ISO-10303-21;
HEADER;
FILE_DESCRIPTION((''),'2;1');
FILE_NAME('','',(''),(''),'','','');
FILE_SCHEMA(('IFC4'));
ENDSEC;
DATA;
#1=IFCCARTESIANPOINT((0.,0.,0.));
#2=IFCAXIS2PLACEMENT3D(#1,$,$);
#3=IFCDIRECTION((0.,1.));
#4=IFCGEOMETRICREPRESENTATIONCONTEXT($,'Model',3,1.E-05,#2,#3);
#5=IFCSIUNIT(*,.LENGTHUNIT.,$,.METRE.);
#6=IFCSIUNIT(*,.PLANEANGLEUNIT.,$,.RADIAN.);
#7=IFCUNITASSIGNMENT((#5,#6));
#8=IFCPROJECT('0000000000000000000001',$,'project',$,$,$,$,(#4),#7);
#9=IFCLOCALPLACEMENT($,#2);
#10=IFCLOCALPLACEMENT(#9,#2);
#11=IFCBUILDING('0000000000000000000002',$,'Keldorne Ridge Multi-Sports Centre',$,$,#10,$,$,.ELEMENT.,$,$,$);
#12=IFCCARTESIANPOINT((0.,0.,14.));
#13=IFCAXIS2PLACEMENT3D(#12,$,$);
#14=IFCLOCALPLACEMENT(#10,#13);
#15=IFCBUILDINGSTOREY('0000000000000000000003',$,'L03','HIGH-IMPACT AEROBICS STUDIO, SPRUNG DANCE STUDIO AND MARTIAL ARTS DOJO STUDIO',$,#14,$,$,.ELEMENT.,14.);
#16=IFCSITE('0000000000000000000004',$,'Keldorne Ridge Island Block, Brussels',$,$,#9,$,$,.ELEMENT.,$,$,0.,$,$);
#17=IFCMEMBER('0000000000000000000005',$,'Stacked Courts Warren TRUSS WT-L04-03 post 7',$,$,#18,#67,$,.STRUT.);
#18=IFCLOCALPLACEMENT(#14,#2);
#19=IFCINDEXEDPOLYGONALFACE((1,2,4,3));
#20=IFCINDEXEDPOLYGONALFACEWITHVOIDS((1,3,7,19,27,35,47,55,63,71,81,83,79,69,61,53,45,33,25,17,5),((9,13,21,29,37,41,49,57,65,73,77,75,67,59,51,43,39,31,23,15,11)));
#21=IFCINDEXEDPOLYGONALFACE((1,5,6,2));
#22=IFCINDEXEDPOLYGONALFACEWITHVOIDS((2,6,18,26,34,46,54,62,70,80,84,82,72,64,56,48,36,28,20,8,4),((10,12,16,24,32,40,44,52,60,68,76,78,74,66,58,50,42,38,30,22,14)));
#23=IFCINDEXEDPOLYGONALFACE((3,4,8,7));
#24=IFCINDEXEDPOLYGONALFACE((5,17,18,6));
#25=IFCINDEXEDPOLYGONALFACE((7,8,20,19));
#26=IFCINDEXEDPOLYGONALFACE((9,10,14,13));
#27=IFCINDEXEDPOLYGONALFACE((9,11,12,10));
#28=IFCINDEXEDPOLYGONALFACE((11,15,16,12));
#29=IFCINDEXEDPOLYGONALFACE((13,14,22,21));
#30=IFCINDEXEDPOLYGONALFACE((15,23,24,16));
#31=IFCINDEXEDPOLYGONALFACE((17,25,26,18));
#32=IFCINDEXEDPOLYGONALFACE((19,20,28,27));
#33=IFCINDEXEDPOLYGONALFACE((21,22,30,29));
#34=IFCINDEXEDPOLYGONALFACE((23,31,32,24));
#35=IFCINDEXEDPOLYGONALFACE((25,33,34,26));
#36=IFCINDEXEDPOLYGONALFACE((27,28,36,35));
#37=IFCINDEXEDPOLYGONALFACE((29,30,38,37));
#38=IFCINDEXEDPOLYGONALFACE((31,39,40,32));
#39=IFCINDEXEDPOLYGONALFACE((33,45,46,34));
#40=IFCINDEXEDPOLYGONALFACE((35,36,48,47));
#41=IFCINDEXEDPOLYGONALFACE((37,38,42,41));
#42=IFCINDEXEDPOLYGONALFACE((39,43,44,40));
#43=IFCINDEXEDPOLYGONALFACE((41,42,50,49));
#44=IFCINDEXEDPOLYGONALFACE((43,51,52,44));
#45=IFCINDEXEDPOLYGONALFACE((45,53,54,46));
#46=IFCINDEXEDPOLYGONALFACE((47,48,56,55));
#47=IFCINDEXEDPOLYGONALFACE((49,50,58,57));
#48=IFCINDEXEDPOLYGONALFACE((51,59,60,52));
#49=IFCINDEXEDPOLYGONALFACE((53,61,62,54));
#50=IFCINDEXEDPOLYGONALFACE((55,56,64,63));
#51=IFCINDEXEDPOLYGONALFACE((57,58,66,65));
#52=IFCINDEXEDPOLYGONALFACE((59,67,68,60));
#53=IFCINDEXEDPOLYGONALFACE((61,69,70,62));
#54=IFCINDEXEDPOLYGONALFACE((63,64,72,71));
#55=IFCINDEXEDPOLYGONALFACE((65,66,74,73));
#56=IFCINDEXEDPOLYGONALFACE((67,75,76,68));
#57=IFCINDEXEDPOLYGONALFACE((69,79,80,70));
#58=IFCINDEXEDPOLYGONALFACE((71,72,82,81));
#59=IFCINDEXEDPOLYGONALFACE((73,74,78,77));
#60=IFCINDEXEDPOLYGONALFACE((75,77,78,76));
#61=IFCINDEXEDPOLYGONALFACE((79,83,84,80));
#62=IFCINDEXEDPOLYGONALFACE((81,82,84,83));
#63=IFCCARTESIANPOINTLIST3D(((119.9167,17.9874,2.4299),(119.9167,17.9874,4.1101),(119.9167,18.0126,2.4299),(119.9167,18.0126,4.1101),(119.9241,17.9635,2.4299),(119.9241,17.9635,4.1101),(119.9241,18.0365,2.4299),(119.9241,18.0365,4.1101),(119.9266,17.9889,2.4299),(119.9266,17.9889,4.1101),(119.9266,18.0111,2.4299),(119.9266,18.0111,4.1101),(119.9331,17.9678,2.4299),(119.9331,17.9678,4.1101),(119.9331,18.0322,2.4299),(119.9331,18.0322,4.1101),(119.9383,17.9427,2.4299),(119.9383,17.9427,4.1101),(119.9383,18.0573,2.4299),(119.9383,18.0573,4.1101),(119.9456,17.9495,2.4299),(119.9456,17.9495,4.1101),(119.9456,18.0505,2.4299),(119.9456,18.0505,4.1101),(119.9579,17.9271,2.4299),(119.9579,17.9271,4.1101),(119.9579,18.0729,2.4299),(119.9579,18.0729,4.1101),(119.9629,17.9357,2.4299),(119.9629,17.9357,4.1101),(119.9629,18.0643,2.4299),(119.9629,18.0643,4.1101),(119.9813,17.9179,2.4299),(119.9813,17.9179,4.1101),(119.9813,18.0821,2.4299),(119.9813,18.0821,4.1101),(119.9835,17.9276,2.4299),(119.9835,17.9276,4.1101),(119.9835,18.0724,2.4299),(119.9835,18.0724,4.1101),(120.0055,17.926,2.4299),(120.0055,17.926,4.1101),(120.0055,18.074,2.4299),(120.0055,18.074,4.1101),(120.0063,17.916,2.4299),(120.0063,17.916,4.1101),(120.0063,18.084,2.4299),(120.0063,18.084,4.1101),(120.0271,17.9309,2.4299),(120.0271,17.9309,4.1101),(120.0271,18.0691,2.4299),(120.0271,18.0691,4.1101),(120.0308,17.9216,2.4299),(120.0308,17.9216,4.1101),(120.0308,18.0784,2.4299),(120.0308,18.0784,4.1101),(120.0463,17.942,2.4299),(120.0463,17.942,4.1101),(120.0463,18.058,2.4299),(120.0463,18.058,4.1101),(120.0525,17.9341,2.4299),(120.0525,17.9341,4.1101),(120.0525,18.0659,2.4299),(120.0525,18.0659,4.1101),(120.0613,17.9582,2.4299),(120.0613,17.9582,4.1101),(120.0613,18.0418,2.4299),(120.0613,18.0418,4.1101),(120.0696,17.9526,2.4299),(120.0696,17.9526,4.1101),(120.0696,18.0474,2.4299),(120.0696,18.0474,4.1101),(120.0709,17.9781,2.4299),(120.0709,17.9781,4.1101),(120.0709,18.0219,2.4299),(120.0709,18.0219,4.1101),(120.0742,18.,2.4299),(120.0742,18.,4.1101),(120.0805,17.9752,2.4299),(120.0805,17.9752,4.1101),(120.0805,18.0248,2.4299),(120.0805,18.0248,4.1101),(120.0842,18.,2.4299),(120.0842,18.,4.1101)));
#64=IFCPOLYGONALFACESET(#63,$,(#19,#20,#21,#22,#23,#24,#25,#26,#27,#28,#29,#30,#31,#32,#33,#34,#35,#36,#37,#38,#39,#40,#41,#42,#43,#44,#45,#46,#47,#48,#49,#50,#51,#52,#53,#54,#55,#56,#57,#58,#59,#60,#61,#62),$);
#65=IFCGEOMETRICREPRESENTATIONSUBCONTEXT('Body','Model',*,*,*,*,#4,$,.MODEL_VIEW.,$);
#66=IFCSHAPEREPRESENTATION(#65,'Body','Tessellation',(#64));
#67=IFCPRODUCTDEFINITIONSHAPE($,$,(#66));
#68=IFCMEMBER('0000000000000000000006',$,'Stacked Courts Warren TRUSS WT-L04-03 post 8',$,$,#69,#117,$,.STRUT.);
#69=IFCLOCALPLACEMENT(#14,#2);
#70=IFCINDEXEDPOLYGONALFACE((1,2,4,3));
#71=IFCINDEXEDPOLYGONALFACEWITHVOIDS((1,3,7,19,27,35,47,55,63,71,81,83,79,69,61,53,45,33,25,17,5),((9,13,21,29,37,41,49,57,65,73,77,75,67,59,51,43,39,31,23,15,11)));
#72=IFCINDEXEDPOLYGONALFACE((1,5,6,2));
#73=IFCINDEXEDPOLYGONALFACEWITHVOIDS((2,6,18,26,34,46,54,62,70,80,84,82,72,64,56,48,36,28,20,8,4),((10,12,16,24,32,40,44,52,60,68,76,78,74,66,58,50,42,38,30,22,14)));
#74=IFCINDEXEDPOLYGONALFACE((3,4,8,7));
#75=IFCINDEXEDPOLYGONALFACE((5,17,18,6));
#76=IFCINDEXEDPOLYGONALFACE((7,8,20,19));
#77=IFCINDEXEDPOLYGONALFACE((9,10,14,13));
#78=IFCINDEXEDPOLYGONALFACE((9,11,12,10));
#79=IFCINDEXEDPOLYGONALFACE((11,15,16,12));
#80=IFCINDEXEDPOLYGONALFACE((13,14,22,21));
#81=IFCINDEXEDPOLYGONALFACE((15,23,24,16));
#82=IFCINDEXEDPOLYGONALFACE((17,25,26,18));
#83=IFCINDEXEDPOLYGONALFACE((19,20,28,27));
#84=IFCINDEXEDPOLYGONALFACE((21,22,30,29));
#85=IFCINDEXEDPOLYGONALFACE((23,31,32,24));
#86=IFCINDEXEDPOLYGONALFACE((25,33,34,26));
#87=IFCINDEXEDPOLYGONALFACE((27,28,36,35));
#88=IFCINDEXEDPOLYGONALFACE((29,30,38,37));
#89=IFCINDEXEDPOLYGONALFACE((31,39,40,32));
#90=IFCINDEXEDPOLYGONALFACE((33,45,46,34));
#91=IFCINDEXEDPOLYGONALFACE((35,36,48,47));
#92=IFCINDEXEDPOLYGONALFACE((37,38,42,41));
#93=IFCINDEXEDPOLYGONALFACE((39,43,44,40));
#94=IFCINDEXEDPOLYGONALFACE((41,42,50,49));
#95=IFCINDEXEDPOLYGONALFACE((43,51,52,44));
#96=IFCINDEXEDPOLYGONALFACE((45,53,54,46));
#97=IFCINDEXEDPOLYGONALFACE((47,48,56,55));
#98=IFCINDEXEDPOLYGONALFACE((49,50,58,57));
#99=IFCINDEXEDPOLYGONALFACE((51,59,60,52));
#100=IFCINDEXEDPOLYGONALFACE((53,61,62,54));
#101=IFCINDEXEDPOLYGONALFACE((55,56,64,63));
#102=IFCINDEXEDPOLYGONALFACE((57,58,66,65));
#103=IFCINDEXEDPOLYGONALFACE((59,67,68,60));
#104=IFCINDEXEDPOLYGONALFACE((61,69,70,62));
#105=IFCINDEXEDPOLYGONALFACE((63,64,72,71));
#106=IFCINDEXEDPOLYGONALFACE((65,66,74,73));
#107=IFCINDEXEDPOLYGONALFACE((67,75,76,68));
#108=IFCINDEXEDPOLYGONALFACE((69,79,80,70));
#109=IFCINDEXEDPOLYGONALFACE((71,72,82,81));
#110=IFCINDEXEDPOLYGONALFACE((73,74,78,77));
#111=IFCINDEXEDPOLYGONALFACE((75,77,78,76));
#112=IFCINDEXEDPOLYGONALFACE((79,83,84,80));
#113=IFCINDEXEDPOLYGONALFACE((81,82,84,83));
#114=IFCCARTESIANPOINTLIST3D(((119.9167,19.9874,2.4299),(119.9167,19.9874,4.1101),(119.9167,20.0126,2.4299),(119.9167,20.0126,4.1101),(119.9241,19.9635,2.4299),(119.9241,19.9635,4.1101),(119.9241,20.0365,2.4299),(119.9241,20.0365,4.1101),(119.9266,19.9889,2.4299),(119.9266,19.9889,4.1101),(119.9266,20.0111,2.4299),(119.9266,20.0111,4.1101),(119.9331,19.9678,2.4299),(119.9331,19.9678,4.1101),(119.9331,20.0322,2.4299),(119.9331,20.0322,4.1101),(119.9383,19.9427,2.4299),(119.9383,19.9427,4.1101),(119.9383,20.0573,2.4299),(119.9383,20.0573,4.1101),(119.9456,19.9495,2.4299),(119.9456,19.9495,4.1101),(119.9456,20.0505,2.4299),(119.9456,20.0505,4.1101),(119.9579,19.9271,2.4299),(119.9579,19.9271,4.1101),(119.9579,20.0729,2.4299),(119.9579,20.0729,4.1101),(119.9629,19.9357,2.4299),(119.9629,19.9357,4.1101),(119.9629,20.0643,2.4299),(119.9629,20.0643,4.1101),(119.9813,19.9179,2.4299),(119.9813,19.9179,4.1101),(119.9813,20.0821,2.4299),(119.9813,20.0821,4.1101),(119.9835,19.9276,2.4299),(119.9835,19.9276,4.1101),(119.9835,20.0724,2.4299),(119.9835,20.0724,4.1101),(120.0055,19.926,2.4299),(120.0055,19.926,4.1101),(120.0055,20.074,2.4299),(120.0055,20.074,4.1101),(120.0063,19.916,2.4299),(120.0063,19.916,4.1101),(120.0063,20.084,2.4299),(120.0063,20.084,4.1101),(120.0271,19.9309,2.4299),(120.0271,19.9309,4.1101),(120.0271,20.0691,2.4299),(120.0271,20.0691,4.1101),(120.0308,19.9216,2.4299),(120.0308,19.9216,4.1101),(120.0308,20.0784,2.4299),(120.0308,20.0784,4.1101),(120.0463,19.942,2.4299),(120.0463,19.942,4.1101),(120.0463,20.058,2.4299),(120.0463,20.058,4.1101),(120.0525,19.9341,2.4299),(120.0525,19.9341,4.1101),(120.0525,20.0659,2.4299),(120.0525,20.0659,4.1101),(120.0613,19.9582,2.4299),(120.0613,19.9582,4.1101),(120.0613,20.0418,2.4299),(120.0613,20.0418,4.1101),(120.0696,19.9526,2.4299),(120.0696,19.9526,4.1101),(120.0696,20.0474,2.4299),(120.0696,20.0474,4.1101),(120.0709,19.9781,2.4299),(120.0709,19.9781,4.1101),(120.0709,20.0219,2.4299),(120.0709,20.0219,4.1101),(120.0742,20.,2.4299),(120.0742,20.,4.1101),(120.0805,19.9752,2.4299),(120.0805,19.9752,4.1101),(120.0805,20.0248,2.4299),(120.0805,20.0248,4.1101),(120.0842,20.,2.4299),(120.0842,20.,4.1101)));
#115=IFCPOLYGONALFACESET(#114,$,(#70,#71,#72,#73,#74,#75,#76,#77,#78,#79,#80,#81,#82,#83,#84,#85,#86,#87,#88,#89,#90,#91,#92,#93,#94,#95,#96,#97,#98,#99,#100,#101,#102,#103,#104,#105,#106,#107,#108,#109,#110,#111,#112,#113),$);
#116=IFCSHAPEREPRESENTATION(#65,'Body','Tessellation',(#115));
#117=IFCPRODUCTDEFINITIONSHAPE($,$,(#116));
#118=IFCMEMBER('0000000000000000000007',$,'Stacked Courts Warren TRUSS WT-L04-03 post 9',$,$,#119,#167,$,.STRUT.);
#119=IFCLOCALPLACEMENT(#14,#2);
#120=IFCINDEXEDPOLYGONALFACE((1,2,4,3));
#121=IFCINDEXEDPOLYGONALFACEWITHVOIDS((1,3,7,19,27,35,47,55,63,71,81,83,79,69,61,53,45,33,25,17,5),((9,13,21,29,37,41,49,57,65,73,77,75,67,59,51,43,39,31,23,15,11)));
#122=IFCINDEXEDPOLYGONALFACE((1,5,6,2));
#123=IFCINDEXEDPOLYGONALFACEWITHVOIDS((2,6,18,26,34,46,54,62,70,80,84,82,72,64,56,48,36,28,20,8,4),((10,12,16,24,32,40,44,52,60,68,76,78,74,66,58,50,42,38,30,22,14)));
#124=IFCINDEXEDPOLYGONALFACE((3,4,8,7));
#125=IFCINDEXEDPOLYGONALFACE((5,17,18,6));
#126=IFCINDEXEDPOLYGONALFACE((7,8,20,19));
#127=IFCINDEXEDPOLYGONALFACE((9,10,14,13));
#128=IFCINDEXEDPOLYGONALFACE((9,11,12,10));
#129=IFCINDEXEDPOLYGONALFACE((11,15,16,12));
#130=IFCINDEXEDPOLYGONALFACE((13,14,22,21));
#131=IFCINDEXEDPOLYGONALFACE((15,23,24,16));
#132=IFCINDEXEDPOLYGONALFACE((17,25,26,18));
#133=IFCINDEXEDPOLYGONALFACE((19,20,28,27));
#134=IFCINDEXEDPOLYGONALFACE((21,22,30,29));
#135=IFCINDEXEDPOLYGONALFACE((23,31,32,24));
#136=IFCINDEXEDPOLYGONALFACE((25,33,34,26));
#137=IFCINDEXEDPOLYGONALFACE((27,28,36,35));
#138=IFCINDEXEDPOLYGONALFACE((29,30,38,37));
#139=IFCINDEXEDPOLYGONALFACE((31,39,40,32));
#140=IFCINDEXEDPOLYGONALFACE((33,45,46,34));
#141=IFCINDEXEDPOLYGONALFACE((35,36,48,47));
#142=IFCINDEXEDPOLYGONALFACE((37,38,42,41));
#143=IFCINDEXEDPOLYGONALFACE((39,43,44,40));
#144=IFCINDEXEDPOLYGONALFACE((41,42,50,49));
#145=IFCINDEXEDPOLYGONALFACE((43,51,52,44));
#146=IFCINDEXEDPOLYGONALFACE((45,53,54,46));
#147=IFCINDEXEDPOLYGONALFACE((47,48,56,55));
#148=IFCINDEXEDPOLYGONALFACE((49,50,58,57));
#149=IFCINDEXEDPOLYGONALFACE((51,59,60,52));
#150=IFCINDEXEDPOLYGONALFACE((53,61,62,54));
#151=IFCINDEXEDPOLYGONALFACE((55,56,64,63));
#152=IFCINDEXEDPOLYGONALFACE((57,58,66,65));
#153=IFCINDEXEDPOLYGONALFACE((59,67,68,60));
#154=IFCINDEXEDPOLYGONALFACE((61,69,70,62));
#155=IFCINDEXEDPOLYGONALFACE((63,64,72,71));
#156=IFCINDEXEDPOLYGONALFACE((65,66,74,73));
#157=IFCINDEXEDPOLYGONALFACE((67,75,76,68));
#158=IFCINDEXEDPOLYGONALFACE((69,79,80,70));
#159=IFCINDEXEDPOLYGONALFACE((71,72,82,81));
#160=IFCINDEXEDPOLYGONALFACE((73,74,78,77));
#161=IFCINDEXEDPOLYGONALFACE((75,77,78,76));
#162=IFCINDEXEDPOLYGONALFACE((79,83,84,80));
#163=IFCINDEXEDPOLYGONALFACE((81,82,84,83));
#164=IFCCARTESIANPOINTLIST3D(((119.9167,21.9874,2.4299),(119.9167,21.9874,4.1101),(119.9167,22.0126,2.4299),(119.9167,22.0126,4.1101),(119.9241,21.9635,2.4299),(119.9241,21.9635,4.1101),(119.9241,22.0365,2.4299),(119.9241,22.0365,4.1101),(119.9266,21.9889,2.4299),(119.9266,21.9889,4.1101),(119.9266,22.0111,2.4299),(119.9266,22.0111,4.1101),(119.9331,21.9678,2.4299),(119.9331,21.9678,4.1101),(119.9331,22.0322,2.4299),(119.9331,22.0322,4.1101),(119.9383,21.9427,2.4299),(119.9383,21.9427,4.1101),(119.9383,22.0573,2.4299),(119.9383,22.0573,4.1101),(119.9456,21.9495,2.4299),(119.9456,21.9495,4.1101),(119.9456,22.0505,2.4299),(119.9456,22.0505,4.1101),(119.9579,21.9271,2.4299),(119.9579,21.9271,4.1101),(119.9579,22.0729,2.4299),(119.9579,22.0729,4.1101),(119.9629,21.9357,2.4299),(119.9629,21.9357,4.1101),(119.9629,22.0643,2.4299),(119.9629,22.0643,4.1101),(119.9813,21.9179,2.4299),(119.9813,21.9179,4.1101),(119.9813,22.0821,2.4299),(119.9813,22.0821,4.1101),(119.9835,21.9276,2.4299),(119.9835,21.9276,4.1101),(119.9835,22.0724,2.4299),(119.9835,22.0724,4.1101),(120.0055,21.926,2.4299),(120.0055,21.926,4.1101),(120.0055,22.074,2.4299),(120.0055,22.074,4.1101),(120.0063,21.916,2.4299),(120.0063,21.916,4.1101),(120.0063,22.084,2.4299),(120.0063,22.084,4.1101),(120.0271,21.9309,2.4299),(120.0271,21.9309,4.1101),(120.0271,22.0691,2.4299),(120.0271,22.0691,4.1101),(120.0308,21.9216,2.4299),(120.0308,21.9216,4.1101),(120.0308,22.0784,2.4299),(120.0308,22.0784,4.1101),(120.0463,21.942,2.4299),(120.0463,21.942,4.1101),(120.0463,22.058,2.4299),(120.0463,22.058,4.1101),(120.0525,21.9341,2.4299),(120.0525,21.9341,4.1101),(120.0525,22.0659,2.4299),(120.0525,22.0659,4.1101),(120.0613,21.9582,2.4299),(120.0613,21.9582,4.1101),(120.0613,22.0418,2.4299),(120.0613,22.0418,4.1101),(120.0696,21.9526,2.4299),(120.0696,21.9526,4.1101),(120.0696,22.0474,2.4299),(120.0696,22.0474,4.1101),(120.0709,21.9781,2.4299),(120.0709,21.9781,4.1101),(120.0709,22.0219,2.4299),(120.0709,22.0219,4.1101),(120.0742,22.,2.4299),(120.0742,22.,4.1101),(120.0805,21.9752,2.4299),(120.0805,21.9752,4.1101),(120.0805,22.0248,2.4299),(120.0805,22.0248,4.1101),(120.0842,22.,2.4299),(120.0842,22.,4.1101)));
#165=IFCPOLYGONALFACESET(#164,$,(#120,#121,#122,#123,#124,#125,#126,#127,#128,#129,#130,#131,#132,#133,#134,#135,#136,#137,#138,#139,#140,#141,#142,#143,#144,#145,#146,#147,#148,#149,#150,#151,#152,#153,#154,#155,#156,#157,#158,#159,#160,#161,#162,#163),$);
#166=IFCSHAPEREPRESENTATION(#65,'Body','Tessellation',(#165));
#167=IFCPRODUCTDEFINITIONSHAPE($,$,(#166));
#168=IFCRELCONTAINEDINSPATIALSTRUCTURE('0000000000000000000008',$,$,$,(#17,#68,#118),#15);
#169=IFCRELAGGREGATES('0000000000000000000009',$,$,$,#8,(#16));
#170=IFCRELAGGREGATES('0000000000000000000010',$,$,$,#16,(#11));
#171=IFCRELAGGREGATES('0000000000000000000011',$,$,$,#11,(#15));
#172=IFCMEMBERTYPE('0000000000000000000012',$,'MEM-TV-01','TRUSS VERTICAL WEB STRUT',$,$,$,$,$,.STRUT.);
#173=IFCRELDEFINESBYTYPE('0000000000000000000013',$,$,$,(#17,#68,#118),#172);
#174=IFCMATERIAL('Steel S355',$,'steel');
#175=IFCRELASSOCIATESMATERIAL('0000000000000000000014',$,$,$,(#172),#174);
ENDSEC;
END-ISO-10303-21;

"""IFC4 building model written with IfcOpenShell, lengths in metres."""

from ifc_helpers import new_model, si_unit, direction, frame, origin, origin_2d, place, context, subcontext, project, spatial, hollow_circle, extrude, material, material_profile, profile_set, type_object, element, save


model = new_model("IFC4")

# Units and contexts
model_context = context("Model", 3, precision=1e-05, world=origin(), true_north=direction((0.0, 1.0)))
body_context = subcontext(model_context, "Body", "Model", "MODEL_VIEW")
ifc_project = project(units=[si_unit("LENGTHUNIT", "METRE"), si_unit("PLANEANGLEUNIT", "RADIAN")], contexts=[model_context])

# Site, building, storey
site_placement = place(None, origin())
site = spatial("IfcSite", under=ifc_project, at=site_placement, Name="Keldorne Ridge Island Block, Brussels", CompositionType="ELEMENT", RefElevation=0.0)
building_placement = place(site_placement, origin())
building = spatial("IfcBuilding", under=site, at=building_placement, Name="Keldorne Ridge Multi-Sports Centre", CompositionType="ELEMENT")
storey_placement = place(building_placement, frame((0.0, 0.0, 14.0)))
storey = spatial("IfcBuildingStorey", under=building, at=storey_placement, Name="L03", Description="HIGH-IMPACT AEROBICS STUDIO, SPRUNG DANCE STUDIO AND MARTIAL ARTS DOJO STUDIO", CompositionType="ELEMENT", Elevation=14.0)

# Members
ifc_material = material(Name="Steel S355", Category="steel")
ifc_material_profile_1 = material_profile(ifc_material, hollow_circle(Radius=0.0842, WallThickness=0.01, at=origin_2d()), Name="CHS 168.3x10")
ifc_profile_set_1 = profile_set([ifc_material_profile_1], Name="Steel S355")
member_type_1 = type_object("IfcMemberType", Name="MEM-TV-01", Description="TRUSS VERTICAL WEB STRUT", PredefinedType="STRUT", material=ifc_profile_set_1)
for number, where, z_axis, x_axis, name in (
    (1, (120.0, 18.0, 2.4299), (0.0, 0.0, 1.0), (1.0, 0.0, 0.0), "Stacked Courts Warren TRUSS WT-L04-03 post 7"),
    (2, (120.0, 20.0, 2.4299), (0.0, 0.0, 1.0), (1.0, 0.0, 0.0), "Stacked Courts Warren TRUSS WT-L04-03 post 8"),
    (3, (120.0, 22.0, 2.4299), (0.0, 0.0, 1.0), (1.0, 0.0, 0.0), "Stacked Courts Warren TRUSS WT-L04-03 post 9"),
):
    element("IfcMember", number, at=place(storey_placement, frame(where, z_axis=z_axis, x_axis=x_axis)), inside=storey, type_object=member_type_1, Name=name, PredefinedType="STRUT", context=body_context, shape_type="SweptSolid", body=[
        extrude(hollow_circle(Radius=0.0842, WallThickness=0.01, at=origin_2d()), origin(), (0.0, 0.0, 1.0), 1.6802),
    ])

save(model, "model.ifc")
